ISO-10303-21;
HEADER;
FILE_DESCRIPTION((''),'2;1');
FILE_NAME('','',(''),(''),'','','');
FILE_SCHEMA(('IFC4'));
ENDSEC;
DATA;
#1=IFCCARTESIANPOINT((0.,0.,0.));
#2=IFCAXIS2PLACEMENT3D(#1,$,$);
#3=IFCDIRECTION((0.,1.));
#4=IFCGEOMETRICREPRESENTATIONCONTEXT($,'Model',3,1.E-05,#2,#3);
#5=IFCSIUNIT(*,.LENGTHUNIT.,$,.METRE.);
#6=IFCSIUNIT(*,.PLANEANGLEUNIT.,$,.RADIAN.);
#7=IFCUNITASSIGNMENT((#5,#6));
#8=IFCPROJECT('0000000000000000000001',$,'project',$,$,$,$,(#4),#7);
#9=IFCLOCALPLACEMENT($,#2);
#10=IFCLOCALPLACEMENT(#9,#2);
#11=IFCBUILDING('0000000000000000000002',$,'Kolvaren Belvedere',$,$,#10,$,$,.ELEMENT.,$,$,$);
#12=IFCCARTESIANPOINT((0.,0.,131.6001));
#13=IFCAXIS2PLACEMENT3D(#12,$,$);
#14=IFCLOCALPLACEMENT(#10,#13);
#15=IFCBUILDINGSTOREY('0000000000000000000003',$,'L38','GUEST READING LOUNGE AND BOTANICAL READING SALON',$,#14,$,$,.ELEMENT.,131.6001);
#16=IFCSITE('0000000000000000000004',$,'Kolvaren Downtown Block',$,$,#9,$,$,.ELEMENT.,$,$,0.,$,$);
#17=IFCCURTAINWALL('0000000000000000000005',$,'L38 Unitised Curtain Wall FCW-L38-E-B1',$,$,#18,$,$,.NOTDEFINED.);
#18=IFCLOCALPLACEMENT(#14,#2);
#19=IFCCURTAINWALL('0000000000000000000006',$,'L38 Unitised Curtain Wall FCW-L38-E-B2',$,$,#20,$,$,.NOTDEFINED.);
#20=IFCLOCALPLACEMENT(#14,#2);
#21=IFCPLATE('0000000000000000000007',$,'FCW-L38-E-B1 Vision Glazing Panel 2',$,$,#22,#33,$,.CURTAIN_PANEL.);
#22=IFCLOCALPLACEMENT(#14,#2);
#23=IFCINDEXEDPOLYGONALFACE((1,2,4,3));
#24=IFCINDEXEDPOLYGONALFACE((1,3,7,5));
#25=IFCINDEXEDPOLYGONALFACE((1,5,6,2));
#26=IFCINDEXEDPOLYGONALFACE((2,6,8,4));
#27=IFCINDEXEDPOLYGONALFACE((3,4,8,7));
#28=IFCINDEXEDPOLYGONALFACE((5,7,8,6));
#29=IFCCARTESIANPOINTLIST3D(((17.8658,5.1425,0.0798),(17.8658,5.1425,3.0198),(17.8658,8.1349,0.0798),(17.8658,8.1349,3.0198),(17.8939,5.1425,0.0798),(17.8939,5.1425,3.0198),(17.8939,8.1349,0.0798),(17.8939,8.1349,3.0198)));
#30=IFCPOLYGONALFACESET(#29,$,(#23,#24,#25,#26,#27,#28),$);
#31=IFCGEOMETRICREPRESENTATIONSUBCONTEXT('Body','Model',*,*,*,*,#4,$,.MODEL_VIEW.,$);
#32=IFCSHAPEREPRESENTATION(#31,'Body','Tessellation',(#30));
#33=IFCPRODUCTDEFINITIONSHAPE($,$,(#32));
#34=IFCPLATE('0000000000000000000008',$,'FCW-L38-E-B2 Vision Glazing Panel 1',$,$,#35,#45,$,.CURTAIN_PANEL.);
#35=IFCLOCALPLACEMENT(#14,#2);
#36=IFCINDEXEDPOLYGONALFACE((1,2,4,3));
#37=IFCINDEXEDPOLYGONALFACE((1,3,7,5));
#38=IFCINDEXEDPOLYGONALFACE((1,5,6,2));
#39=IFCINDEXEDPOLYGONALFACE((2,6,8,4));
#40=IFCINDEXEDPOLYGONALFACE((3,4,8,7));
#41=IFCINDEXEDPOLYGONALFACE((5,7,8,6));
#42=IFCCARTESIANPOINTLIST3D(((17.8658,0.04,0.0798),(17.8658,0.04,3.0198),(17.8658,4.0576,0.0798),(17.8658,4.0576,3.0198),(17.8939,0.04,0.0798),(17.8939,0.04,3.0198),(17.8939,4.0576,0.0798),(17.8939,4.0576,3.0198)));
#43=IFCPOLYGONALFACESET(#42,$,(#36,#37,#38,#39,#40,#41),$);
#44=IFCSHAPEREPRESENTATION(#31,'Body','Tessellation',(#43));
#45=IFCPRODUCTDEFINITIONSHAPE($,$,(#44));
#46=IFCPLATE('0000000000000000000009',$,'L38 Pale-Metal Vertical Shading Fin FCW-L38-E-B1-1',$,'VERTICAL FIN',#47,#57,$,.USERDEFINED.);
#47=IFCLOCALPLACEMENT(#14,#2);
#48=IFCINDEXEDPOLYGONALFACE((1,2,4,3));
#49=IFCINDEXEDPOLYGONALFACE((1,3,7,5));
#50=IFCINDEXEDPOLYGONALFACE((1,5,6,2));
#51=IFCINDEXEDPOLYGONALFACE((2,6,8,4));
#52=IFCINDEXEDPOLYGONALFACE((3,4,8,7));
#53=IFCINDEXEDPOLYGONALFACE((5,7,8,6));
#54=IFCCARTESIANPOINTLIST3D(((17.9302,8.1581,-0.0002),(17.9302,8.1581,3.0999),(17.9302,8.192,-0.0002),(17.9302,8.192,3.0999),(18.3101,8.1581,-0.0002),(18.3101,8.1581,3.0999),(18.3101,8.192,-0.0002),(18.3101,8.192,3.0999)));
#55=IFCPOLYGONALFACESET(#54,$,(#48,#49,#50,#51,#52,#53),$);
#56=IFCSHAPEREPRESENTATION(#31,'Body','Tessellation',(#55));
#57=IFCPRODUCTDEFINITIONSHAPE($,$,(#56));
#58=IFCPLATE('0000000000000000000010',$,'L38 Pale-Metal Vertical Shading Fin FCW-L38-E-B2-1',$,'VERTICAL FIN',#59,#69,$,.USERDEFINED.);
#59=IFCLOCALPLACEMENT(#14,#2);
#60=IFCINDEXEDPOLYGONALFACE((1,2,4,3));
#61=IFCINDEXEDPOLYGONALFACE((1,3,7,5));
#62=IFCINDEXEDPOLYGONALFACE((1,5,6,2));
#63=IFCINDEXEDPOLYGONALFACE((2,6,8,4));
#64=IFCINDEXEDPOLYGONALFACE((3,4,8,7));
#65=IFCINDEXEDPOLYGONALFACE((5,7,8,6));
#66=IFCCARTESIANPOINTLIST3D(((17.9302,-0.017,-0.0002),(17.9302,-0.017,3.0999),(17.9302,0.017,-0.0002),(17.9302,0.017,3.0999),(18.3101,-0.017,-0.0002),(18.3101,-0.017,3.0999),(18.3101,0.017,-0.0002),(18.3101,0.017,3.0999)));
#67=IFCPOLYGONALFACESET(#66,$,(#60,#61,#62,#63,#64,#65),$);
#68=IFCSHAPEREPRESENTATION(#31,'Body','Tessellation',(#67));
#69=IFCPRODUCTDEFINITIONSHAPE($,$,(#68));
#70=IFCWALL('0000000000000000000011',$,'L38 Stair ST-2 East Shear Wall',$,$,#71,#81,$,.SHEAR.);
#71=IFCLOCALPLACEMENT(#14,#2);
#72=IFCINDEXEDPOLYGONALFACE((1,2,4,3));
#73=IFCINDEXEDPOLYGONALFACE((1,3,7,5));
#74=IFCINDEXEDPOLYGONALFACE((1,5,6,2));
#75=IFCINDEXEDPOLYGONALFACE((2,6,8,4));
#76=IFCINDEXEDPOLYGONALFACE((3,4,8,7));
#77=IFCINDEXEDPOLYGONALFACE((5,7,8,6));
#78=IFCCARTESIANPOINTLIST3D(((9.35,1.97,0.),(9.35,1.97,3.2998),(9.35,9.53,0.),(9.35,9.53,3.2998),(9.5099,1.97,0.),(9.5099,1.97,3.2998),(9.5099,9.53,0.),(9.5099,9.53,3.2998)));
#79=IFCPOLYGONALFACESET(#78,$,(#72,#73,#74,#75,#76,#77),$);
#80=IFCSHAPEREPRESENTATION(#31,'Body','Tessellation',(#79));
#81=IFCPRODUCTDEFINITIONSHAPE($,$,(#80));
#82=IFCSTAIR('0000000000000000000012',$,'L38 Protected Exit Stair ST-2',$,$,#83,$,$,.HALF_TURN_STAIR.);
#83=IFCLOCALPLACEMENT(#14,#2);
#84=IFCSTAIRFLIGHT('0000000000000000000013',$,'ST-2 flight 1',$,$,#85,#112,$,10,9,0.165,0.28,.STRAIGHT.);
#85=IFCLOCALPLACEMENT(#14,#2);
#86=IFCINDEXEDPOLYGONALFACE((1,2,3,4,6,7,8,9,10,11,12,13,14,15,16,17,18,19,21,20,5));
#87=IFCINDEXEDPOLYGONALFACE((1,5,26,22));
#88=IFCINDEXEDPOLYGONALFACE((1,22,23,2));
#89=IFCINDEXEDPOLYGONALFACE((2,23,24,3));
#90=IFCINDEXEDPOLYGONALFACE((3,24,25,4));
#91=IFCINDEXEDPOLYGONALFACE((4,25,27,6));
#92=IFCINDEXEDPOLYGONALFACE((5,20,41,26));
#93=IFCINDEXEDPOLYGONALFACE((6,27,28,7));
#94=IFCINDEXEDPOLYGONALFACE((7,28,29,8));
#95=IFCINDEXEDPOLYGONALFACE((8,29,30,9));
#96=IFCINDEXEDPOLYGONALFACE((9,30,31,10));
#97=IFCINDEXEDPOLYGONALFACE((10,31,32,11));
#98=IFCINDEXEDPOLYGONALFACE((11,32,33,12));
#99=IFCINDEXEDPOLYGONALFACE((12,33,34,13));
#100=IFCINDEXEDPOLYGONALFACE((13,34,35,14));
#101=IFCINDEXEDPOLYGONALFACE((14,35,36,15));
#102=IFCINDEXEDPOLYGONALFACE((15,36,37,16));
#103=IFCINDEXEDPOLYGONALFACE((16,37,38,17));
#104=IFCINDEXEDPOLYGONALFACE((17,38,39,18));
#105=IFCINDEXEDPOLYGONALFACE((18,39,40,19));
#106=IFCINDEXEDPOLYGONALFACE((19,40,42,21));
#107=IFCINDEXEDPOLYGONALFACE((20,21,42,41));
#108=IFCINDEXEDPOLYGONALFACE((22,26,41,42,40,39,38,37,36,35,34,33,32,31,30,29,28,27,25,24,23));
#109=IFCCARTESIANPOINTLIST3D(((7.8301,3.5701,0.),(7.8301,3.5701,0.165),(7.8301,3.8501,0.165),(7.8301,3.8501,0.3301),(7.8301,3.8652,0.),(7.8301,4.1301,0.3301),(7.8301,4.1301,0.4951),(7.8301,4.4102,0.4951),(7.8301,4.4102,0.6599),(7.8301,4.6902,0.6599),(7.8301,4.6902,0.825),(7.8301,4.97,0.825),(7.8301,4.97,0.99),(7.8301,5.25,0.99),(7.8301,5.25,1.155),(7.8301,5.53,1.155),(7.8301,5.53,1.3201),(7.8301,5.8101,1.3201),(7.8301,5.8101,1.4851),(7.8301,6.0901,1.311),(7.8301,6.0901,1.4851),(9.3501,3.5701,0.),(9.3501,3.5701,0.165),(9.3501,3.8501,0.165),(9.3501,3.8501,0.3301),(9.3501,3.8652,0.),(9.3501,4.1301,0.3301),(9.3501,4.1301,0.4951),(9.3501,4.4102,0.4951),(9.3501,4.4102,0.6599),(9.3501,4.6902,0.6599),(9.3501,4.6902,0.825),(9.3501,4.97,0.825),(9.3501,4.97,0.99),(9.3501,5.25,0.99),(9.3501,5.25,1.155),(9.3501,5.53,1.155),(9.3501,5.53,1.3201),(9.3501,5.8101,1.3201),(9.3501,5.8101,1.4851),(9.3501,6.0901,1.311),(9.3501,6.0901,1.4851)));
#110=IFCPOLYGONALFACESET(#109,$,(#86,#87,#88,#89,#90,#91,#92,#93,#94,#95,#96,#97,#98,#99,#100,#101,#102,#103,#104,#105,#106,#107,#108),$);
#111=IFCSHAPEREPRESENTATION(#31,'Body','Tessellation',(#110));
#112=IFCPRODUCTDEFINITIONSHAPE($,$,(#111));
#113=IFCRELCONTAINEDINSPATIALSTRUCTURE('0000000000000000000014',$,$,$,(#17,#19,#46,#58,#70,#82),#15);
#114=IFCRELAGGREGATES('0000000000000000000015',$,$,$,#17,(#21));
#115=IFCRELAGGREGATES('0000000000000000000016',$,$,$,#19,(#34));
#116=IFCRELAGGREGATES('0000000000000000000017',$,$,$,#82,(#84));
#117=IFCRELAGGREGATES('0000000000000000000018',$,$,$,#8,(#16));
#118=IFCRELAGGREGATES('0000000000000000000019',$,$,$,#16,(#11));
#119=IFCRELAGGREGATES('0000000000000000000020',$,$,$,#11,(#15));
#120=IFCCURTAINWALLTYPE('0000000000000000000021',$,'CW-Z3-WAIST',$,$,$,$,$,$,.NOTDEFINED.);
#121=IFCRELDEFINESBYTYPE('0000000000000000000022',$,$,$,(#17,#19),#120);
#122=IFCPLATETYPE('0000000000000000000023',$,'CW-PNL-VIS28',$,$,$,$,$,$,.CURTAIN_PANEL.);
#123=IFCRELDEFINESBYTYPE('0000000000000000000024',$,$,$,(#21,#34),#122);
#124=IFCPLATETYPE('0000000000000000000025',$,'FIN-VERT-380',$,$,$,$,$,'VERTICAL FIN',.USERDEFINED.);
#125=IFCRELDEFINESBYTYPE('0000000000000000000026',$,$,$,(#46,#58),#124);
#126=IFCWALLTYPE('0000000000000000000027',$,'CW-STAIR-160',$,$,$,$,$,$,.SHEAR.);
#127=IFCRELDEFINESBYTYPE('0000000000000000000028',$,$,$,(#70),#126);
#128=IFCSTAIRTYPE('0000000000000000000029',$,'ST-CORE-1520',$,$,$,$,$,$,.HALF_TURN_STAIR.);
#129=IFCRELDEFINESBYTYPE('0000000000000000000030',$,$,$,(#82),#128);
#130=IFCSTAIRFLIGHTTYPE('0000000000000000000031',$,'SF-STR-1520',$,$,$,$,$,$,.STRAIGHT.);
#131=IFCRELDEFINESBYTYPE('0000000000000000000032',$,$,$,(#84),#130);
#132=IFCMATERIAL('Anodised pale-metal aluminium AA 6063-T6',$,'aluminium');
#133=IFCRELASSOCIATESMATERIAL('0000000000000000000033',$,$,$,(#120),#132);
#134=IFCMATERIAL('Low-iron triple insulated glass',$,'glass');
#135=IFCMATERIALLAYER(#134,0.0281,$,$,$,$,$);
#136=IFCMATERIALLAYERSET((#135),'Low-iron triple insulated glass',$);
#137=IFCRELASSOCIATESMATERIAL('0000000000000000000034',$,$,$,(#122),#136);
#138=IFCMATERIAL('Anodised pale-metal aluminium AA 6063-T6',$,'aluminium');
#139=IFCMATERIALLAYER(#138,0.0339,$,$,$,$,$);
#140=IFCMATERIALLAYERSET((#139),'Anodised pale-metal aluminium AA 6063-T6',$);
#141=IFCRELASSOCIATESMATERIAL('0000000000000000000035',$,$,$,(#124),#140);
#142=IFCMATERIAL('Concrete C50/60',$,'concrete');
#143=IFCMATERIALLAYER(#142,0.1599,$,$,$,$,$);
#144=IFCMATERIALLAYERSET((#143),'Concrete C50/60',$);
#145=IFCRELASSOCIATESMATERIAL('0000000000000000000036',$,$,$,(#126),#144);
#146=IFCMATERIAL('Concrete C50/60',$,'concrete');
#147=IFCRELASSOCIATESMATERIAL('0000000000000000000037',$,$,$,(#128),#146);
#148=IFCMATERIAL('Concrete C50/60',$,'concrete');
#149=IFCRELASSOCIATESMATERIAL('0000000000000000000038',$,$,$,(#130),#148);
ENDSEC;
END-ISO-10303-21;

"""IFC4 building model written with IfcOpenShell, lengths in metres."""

from ifc_helpers import new_model, si_unit, direction, frame, frame_2d, origin, origin_2d, place, context, subcontext, project, spatial, polyline, rectangle, outline, extrude, material, layer, layer_set, type_object, element, aggregate, save


model = new_model("IFC4")

# Units and contexts
model_context = context("Model", 3, precision=1e-05, world=origin(), true_north=direction((0.0, 1.0)))
body_context = subcontext(model_context, "Body", "Model", "MODEL_VIEW")
ifc_project = project(units=[si_unit("LENGTHUNIT", "METRE"), si_unit("PLANEANGLEUNIT", "RADIAN")], contexts=[model_context])

# Site, building, storey
site_placement = place(None, origin())
site = spatial("IfcSite", under=ifc_project, at=site_placement, Name="Kolvaren Downtown Block", CompositionType="ELEMENT", RefElevation=0.0)
building_placement = place(site_placement, origin())
building = spatial("IfcBuilding", under=site, at=building_placement, Name="Kolvaren Belvedere", CompositionType="ELEMENT")
storey_placement = place(building_placement, frame((0.0, 0.0, 131.6001)))
storey = spatial("IfcBuildingStorey", under=building, at=storey_placement, Name="L38", Description="GUEST READING LOUNGE AND BOTANICAL READING SALON", CompositionType="ELEMENT", Elevation=131.6001)

# Curtain walls
ifc_material_1 = material(Name="Anodised pale-metal aluminium AA 6063-T6", Category="aluminium")
curtain_wall_type = type_object("IfcCurtainWallType", Name="CW-Z3-WAIST", PredefinedType="NOTDEFINED", material=ifc_material_1)
curtain_wall_1_placement = place(storey_placement, origin())
curtain_wall_1 = element("IfcCurtainWall", 1, at=curtain_wall_1_placement, inside=storey, type_object=curtain_wall_type, Name="L38 Unitised Curtain Wall FCW-L38-E-B1", PredefinedType="NOTDEFINED")
curtain_wall_2_placement = place(storey_placement, origin())
curtain_wall_2 = element("IfcCurtainWall", 2, at=curtain_wall_2_placement, inside=storey, type_object=curtain_wall_type, Name="L38 Unitised Curtain Wall FCW-L38-E-B2", PredefinedType="NOTDEFINED")

# Plates
ifc_material_2 = material(Name="Low-iron triple insulated glass", Category="glass")
ifc_layer_1 = layer(ifc_material_2, 0.0281)
ifc_layer_set_1 = layer_set([ifc_layer_1], Name="Low-iron triple insulated glass")
plate_type_1 = type_object("IfcPlateType", Name="CW-PNL-VIS28", PredefinedType="CURTAIN_PANEL", material=ifc_layer_set_1)
plate_1_placement = place(storey_placement, frame((17.8799, 6.6387, 0.0798), z_axis=(0.0, 0.0, 1.0), x_axis=(0.0, -1.0, 0.0)))
plate_1 = element("IfcPlate", 3, at=plate_1_placement, type_object=plate_type_1, Name="FCW-L38-E-B1 Vision Glazing Panel 2", PredefinedType="CURTAIN_PANEL", context=body_context, shape_type="SweptSolid", body=[
    extrude(rectangle(XDim=2.9924, YDim=0.0281, at=origin_2d()), origin(), (0.0, 0.0, 1.0), 2.9399),
])
aggregate(curtain_wall_1, [plate_1])
plate_2_placement = place(storey_placement, frame((17.8799, 2.0488, 0.0798), z_axis=(0.0, 0.0, 1.0), x_axis=(0.0, -1.0, 0.0)))
plate_2 = element("IfcPlate", 4, at=plate_2_placement, type_object=plate_type_1, Name="FCW-L38-E-B2 Vision Glazing Panel 1", PredefinedType="CURTAIN_PANEL", context=body_context, shape_type="SweptSolid", body=[
    extrude(rectangle(XDim=4.0176, YDim=0.0281, at=origin_2d()), origin(), (0.0, 0.0, 1.0), 2.9399),
])
aggregate(curtain_wall_2, [plate_2])

# Plates
ifc_material_3 = material(Name="Anodised pale-metal aluminium AA 6063-T6", Category="aluminium")
ifc_layer_2 = layer(ifc_material_3, 0.0339)
ifc_layer_set_2 = layer_set([ifc_layer_2], Name="Anodised pale-metal aluminium AA 6063-T6")
plate_type_2 = type_object("IfcPlateType", Name="FIN-VERT-380", ElementType="VERTICAL FIN", PredefinedType="USERDEFINED", material=ifc_layer_set_2)
for number, where, z_axis, x_axis, name in (
    (5, (18.1201, 8.175, -0.0002), (0.0, 0.0, 1.0), (1.0, 0.0, 0.0), "L38 Pale-Metal Vertical Shading Fin FCW-L38-E-B1-1"),
    (6, (18.1201, 0.0, -0.0002), (0.0, 0.0, 1.0), (1.0, 0.0, 0.0), "L38 Pale-Metal Vertical Shading Fin FCW-L38-E-B2-1"),
):
    element("IfcPlate", number, at=place(storey_placement, frame(where, z_axis=z_axis, x_axis=x_axis)), inside=storey, type_object=plate_type_2, Name=name, ObjectType="VERTICAL FIN", PredefinedType="USERDEFINED", context=body_context, shape_type="SweptSolid", body=[
        extrude(rectangle(XDim=0.3799, YDim=0.0339, at=origin_2d()), origin(), (0.0, 0.0, 1.0), 3.1001),
    ])

# Wall
ifc_material_4 = material(Name="Concrete C50/60", Category="concrete")
ifc_layer_3 = layer(ifc_material_4, 0.1599)
ifc_layer_set_3 = layer_set([ifc_layer_3], Name="Concrete C50/60")
wall_type = type_object("IfcWallType", Name="CW-STAIR-160", PredefinedType="SHEAR", material=ifc_layer_set_3)
wall_placement = place(storey_placement, frame((9.4299, 1.97, 0.0), z_axis=(0.0, 0.0, 1.0), x_axis=(0.0, 1.0, 0.0)))
element("IfcWall", 7, at=wall_placement, inside=storey, type_object=wall_type, Name="L38 Stair ST-2 East Shear Wall", PredefinedType="SHEAR", context=body_context, shape_type="SweptSolid", body=[
    extrude(rectangle(XDim=7.5601, YDim=0.1599, at=frame_2d((3.78, 0.0))), origin(), (0.0, 0.0, 1.0), 3.2998),
])

# Stair, stair flight
ifc_material_5 = material(Name="Concrete C50/60", Category="concrete")
stair_type = type_object("IfcStairType", Name="ST-CORE-1520", PredefinedType="HALF_TURN_STAIR", material=ifc_material_5)
stair_placement = place(storey_placement, origin())
stair = element("IfcStair", 8, at=stair_placement, inside=storey, type_object=stair_type, Name="L38 Protected Exit Stair ST-2", PredefinedType="HALF_TURN_STAIR")
ifc_material_6 = material(Name="Concrete C50/60", Category="concrete")
stair_flight_type = type_object("IfcStairFlightType", Name="SF-STR-1520", PredefinedType="STRAIGHT", material=ifc_material_6)
stair_flight_placement = place(storey_placement, frame((8.5901, 3.5701, 0.0), z_axis=(0.0, 0.0, 1.0), x_axis=(0.0, 1.0, 0.0)))
stair_flight = element("IfcStairFlight", 9, at=stair_flight_placement, type_object=stair_flight_type, Name="ST-2 flight 1", NumberOfRisers=10, NumberOfTreads=9, PredefinedType="STRAIGHT", RiserHeight=0.165, TreadLength=0.28, context=body_context, shape_type="SweptSolid", body=[
    extrude(outline(polyline([(0.0, 0.0), (0.0, 0.165), (0.28, 0.165), (0.28, 0.3301), (0.5601, 0.3301), (0.5601, 0.4951), (0.8401, 0.4951), (0.8401, 0.6599), (1.1201, 0.6599), (1.1201, 0.825), (1.3999, 0.825), (1.3999, 0.99), (1.6799, 0.99), (1.6799, 1.155), (1.96, 1.155), (1.96, 1.3201), (2.24, 1.3201), (2.24, 1.4851), (2.52, 1.4851), (2.52, 1.6499), (2.52, 1.311), (0.2952, 0.0), (0.0, 0.0)])), frame((0.0, 0.76, 0.0), z_axis=(0.0, -1.0, 0.0), x_axis=(1.0, 0.0, 0.0)), (0.0, 0.0, 1.0), 1.52),
])
aggregate(stair, [stair_flight])

save(model, "model.ifc")
